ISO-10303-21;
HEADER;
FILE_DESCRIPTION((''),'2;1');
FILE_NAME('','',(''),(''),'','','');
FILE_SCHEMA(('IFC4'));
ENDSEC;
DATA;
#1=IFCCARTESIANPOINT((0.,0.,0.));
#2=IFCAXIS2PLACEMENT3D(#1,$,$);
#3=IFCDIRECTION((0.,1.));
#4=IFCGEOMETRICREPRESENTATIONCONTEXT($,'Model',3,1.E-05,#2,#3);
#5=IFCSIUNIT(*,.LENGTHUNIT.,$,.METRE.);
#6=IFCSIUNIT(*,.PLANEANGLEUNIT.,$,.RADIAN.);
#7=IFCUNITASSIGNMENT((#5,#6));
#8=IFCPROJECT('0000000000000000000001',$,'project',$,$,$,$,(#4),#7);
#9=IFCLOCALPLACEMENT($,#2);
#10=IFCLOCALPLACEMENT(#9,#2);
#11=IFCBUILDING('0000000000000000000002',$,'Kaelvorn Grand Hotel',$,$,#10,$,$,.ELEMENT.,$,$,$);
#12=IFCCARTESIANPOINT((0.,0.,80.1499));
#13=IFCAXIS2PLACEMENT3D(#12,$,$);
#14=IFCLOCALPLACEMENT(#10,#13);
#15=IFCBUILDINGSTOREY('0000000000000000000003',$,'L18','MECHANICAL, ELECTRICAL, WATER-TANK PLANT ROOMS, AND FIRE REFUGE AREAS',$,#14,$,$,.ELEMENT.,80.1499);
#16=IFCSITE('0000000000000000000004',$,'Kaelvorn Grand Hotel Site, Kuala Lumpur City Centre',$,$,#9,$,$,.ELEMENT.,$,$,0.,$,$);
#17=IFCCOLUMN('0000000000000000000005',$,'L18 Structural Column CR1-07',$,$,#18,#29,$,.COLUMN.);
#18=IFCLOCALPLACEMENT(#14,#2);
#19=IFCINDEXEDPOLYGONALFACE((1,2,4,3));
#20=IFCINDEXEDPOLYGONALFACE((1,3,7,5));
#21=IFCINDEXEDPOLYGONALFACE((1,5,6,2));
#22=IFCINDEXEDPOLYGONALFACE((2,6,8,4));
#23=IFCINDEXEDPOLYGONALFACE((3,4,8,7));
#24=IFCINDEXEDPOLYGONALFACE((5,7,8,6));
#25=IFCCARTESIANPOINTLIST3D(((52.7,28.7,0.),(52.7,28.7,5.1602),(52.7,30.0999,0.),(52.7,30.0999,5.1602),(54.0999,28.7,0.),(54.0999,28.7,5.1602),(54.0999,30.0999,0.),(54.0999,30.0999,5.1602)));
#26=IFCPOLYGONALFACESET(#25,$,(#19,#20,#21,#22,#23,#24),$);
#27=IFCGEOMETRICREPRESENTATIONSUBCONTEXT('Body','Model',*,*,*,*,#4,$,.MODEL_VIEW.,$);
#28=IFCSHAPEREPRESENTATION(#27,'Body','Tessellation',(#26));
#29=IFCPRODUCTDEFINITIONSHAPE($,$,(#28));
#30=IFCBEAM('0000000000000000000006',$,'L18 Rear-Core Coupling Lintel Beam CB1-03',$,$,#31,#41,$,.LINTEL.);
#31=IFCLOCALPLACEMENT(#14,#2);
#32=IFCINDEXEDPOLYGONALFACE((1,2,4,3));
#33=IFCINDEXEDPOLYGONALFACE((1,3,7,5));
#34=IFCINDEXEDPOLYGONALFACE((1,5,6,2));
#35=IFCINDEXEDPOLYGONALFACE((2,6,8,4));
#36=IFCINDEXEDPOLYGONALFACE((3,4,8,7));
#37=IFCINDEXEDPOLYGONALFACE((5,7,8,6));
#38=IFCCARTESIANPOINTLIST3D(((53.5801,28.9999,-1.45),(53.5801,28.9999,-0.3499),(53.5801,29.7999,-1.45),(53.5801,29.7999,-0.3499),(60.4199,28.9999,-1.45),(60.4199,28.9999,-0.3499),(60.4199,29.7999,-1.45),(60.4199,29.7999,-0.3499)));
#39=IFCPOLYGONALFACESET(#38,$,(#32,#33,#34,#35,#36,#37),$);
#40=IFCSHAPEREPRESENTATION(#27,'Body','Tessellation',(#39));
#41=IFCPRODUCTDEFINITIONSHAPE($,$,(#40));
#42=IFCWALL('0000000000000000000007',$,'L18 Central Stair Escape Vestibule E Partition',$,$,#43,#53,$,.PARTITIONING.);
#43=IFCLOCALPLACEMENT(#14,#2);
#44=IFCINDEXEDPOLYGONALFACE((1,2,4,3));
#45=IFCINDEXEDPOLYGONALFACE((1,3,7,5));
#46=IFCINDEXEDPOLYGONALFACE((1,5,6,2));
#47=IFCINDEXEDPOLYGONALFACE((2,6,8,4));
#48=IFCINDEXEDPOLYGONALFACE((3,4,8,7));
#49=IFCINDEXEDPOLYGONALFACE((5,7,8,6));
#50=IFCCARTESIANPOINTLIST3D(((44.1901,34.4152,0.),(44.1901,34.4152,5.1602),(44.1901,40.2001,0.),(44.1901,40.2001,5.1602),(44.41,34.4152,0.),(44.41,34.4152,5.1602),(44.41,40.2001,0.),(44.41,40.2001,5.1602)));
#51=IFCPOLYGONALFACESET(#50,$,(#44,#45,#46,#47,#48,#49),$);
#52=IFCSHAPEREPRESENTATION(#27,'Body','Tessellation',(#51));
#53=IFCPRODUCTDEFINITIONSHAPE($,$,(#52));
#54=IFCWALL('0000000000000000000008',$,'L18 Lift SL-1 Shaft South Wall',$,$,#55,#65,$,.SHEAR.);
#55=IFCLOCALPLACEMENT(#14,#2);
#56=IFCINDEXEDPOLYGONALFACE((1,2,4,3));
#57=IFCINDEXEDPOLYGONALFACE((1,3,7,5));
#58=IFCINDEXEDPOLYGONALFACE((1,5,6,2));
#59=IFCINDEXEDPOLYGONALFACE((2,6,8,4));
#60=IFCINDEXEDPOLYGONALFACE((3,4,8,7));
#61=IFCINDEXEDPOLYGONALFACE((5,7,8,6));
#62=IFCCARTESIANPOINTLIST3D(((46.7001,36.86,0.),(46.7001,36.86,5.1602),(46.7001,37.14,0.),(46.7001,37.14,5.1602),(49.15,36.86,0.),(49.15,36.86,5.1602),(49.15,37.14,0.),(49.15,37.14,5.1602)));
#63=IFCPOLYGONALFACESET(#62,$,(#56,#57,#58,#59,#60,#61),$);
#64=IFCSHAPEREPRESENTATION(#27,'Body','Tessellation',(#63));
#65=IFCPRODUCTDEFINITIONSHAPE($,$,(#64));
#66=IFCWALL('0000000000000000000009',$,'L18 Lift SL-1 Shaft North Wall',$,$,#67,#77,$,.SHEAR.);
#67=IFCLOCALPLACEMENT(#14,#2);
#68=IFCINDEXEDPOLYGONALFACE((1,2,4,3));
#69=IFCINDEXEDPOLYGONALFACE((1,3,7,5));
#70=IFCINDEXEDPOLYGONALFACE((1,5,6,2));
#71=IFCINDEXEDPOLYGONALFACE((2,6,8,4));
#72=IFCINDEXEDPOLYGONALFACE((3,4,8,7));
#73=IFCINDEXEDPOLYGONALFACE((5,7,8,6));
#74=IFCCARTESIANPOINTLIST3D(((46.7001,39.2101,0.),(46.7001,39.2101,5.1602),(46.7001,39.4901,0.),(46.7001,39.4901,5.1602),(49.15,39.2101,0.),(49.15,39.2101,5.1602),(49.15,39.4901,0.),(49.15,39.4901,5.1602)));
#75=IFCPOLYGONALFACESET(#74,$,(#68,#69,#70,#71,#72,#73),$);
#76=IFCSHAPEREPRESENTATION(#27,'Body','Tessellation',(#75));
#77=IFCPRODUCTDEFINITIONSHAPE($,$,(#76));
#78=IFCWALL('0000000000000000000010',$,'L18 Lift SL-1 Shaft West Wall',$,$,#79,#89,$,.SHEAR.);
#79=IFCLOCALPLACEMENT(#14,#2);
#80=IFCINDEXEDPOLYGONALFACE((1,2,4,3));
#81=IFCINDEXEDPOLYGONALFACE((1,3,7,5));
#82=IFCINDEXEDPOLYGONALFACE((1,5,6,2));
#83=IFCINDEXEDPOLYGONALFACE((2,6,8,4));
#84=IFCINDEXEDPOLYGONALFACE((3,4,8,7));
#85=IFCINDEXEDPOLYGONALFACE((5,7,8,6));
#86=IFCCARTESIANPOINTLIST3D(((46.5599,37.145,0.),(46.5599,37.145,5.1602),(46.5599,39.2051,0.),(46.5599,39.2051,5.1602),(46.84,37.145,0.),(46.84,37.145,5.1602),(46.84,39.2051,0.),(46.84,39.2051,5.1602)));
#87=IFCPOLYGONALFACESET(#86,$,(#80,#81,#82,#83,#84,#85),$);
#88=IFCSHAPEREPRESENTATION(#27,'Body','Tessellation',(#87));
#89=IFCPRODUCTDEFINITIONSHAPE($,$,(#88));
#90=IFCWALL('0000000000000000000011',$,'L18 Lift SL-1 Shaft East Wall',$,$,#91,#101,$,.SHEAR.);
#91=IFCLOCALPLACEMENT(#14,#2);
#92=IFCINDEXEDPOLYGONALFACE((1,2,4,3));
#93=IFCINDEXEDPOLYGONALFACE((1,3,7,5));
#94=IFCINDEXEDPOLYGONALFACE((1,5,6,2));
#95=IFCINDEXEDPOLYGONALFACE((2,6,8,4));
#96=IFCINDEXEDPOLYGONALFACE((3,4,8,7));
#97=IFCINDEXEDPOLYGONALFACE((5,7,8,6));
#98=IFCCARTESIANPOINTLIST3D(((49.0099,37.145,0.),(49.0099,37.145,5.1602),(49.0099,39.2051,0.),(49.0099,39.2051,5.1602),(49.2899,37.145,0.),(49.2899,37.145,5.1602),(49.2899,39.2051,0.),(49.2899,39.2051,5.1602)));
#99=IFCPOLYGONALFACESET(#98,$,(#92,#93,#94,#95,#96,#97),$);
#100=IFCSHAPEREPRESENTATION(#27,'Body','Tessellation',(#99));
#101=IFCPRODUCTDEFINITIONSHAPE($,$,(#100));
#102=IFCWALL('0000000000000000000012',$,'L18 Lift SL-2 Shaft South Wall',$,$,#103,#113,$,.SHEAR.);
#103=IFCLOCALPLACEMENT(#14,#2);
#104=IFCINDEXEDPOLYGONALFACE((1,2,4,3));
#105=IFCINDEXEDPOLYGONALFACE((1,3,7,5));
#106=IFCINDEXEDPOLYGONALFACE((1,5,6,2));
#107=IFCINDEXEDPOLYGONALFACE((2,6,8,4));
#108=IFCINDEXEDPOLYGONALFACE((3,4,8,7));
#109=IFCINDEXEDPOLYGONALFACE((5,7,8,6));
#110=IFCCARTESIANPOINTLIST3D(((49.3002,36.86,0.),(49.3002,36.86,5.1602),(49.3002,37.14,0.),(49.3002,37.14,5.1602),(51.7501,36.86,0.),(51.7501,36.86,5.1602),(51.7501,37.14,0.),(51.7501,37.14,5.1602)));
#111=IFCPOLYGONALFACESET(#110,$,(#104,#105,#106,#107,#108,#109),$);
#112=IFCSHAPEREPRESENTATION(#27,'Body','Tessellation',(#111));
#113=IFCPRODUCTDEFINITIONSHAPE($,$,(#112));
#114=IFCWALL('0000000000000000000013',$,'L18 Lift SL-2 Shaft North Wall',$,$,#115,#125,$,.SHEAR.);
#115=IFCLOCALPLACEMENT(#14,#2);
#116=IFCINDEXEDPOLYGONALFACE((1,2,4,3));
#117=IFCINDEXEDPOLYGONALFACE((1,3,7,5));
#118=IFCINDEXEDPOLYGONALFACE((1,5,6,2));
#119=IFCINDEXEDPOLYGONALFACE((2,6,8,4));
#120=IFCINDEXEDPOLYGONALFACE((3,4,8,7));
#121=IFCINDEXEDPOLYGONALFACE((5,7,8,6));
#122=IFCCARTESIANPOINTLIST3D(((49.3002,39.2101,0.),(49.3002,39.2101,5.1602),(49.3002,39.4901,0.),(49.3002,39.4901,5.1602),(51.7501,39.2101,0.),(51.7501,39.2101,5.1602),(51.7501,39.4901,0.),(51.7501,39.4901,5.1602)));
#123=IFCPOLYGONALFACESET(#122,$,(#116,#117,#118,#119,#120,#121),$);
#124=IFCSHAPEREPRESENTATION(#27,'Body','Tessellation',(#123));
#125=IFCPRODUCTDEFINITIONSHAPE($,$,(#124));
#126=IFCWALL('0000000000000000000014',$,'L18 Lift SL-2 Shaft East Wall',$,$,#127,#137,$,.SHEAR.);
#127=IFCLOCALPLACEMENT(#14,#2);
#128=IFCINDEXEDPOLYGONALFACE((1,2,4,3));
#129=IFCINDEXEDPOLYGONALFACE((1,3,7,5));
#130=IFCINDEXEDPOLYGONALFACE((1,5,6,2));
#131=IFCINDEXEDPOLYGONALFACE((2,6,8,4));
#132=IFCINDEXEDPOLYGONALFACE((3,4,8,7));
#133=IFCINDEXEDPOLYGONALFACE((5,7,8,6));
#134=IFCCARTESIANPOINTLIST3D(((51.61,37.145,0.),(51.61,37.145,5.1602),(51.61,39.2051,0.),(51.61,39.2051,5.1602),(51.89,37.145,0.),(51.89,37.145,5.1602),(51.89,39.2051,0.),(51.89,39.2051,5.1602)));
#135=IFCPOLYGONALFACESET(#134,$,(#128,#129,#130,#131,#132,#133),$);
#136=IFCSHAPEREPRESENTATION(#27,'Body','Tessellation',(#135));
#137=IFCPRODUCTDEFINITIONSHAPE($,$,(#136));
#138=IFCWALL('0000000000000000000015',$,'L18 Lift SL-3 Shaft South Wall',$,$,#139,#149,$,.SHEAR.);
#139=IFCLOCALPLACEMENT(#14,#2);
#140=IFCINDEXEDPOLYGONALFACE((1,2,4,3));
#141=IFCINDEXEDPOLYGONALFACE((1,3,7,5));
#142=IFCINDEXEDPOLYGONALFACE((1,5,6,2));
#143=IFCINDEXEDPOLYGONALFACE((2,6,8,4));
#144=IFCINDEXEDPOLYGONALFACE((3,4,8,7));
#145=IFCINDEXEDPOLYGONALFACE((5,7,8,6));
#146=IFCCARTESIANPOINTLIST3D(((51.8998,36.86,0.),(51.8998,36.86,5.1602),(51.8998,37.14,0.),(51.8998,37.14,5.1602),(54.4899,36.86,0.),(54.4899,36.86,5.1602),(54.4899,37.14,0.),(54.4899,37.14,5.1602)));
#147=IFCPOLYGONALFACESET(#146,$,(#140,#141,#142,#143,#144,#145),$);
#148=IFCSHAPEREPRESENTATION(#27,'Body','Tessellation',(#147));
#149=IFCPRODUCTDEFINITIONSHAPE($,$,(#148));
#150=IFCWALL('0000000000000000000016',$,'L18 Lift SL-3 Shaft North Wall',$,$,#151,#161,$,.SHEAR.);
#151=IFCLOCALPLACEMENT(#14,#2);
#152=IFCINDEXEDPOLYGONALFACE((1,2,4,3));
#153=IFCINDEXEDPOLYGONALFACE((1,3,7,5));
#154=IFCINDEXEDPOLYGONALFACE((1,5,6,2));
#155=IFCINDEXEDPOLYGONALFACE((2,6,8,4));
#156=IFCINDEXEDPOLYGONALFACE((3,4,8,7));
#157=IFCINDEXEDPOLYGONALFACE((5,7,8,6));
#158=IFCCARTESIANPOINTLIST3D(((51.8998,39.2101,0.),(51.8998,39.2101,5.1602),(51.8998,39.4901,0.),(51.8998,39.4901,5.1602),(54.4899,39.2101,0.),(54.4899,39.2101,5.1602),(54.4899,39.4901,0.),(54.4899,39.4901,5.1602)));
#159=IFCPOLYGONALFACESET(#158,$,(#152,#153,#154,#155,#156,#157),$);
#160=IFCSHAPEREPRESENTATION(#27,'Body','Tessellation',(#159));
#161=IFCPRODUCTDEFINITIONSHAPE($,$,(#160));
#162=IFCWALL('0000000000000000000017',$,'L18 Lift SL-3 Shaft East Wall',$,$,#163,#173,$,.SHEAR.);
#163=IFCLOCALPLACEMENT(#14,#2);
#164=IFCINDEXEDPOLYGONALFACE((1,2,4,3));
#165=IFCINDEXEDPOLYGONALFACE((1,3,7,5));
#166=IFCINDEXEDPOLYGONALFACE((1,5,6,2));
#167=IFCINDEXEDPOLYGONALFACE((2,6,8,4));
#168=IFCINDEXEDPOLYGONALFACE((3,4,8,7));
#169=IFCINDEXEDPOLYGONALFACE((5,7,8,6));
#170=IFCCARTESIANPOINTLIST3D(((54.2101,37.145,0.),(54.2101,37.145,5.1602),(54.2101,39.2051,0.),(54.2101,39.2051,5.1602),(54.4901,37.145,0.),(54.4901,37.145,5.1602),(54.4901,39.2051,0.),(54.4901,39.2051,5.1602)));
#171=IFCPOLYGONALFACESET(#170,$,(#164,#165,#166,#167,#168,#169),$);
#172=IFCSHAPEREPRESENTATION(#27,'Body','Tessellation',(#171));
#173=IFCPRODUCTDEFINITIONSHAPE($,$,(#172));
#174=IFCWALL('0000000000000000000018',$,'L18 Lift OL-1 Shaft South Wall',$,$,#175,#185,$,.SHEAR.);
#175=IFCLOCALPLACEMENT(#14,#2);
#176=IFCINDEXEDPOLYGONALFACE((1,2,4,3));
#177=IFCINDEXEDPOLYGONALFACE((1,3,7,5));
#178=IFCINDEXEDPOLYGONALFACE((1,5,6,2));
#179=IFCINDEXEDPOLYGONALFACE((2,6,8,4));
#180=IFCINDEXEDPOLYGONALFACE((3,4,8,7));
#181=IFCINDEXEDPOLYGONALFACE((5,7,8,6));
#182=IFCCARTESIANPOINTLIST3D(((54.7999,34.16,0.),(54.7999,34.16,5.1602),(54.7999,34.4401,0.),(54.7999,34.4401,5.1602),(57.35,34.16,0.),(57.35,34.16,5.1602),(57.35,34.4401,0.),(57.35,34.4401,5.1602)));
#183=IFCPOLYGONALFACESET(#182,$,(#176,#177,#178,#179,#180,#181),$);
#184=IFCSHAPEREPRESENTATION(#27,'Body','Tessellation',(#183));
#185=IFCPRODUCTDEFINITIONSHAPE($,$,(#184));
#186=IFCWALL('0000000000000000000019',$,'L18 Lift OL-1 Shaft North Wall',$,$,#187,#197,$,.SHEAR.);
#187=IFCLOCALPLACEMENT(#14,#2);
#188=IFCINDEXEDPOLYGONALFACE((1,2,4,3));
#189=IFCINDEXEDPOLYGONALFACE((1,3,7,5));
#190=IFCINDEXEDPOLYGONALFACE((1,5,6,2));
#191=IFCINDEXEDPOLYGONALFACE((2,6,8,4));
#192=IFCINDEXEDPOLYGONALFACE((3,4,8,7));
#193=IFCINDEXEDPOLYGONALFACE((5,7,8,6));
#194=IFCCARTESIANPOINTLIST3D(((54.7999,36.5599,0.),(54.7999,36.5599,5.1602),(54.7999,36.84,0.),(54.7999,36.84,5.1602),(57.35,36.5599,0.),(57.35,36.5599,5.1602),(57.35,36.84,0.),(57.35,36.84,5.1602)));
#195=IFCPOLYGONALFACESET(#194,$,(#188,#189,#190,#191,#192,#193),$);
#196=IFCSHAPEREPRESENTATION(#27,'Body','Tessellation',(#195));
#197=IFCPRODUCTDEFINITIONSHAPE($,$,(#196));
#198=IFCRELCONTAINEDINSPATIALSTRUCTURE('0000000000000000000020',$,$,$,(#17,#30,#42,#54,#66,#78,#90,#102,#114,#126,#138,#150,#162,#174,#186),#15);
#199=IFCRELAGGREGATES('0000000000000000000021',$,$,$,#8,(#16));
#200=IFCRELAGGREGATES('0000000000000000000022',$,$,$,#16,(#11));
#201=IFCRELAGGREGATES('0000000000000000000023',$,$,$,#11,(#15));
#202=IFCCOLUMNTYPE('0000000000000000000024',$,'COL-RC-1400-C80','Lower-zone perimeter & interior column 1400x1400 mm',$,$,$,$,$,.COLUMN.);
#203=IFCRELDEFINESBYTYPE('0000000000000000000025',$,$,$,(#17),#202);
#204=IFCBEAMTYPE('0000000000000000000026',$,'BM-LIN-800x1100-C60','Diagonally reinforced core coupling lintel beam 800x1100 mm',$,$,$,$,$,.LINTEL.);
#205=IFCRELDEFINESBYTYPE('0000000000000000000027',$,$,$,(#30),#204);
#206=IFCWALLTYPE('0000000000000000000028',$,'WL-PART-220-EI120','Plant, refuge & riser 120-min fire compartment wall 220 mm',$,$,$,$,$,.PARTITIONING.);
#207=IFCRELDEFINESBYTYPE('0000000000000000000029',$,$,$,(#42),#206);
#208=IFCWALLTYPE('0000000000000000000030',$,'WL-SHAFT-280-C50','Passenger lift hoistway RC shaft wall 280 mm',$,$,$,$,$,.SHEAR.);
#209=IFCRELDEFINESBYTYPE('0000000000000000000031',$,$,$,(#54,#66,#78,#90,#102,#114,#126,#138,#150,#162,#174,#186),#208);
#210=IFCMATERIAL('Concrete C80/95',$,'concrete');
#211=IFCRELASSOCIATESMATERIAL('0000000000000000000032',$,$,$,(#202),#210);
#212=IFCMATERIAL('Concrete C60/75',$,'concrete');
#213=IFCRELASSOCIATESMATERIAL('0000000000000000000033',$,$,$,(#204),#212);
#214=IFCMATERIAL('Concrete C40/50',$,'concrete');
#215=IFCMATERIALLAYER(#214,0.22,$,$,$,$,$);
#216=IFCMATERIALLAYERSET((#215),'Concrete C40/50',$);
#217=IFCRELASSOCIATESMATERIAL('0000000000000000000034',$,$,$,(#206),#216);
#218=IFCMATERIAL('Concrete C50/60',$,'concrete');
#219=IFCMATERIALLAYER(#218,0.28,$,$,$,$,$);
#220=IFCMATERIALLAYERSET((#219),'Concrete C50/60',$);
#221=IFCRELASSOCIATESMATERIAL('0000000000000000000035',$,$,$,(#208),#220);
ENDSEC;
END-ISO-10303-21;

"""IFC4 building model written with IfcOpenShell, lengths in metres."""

from ifc_helpers import new_model, si_unit, direction, frame, frame_2d, origin, origin_2d, place, context, subcontext, project, spatial, rectangle, extrude, material, layer, layer_set, material_profile, profile_set, type_object, element, save


model = new_model("IFC4")

# Units and contexts
model_context = context("Model", 3, precision=1e-05, world=origin(), true_north=direction((0.0, 1.0)))
body_context = subcontext(model_context, "Body", "Model", "MODEL_VIEW")
ifc_project = project(units=[si_unit("LENGTHUNIT", "METRE"), si_unit("PLANEANGLEUNIT", "RADIAN")], contexts=[model_context])

# Site, building, storey
site_placement = place(None, origin())
site = spatial("IfcSite", under=ifc_project, at=site_placement, Name="Kaelvorn Grand Hotel Site, Kuala Lumpur City Centre", CompositionType="ELEMENT", RefElevation=0.0)
building_placement = place(site_placement, origin())
building = spatial("IfcBuilding", under=site, at=building_placement, Name="Kaelvorn Grand Hotel", CompositionType="ELEMENT")
storey_placement = place(building_placement, frame((0.0, 0.0, 80.1499)))
storey = spatial("IfcBuildingStorey", under=building, at=storey_placement, Name="L18", Description="MECHANICAL, ELECTRICAL, WATER-TANK PLANT ROOMS, AND FIRE REFUGE AREAS", CompositionType="ELEMENT", Elevation=80.1499)

# Column
ifc_material_1 = material(Name="Concrete C80/95", Category="concrete")
ifc_material_profile_1 = material_profile(ifc_material_1, rectangle(XDim=1.3999, YDim=1.3999, at=origin_2d()), Name="RC COL 1400x1400")
ifc_profile_set_1 = profile_set([ifc_material_profile_1], Name="Concrete C80/95")
column_type = type_object("IfcColumnType", Name="COL-RC-1400-C80", Description="Lower-zone perimeter & interior column 1400x1400 mm", PredefinedType="COLUMN", material=ifc_profile_set_1)
column_placement = place(storey_placement, frame((53.3999, 29.3999, 0.0), z_axis=(0.0, 0.0, 1.0), x_axis=(1.0, 0.0, 0.0)))
element("IfcColumn", 1, at=column_placement, inside=storey, type_object=column_type, Name="L18 Structural Column CR1-07", PredefinedType="COLUMN", context=body_context, shape_type="SweptSolid", body=[
    extrude(rectangle(XDim=1.3999, YDim=1.3999, at=origin_2d()), origin(), (0.0, 0.0, 1.0), 5.1602),
])

# Beam
ifc_material_2 = material(Name="Concrete C60/75", Category="concrete")
ifc_material_profile_2 = material_profile(ifc_material_2, rectangle(XDim=0.8, YDim=1.1001, at=origin_2d()), Name="RC LINTEL 800x1100")
ifc_profile_set_2 = profile_set([ifc_material_profile_2], Name="Concrete C60/75")
beam_type = type_object("IfcBeamType", Name="BM-LIN-800x1100-C60", Description="Diagonally reinforced core coupling lintel beam 800x1100 mm", PredefinedType="LINTEL", material=ifc_profile_set_2)
beam_placement = place(storey_placement, frame((53.5801, 29.3999, -0.8999), z_axis=(1.0, 0.0, 0.0), x_axis=(0.0, 1.0, 0.0)))
element("IfcBeam", 2, at=beam_placement, inside=storey, type_object=beam_type, Name="L18 Rear-Core Coupling Lintel Beam CB1-03", PredefinedType="LINTEL", context=body_context, shape_type="SweptSolid", body=[
    extrude(rectangle(XDim=0.8, YDim=1.1001, at=origin_2d()), origin(), (0.0, 0.0, 1.0), 6.8398),
])

# Walls
ifc_material_3 = material(Name="Concrete C40/50", Category="concrete")
ifc_layer_1 = layer(ifc_material_3, 0.22)
ifc_layer_set_1 = layer_set([ifc_layer_1], Name="Concrete C40/50")
wall_type_1 = type_object("IfcWallType", Name="WL-PART-220-EI120", Description="Plant, refuge & riser 120-min fire compartment wall 220 mm", PredefinedType="PARTITIONING", material=ifc_layer_set_1)
wall_1_placement = place(storey_placement, frame((44.3, 34.415, 0.0), z_axis=(0.0, 0.0, 1.0), x_axis=(0.0, 1.0, 0.0)))
element("IfcWall", 3, at=wall_1_placement, inside=storey, type_object=wall_type_1, Name="L18 Central Stair Escape Vestibule E Partition", PredefinedType="PARTITIONING", context=body_context, shape_type="SweptSolid", body=[
    extrude(rectangle(XDim=5.7849, YDim=0.22, at=frame_2d((2.8926, 0.0))), origin(), (0.0, 0.0, 1.0), 5.1602),
])
ifc_material_4 = material(Name="Concrete C50/60", Category="concrete")
ifc_layer_2 = layer(ifc_material_4, 0.28)
ifc_layer_set_2 = layer_set([ifc_layer_2], Name="Concrete C50/60")
wall_type_2 = type_object("IfcWallType", Name="WL-SHAFT-280-C50", Description="Passenger lift hoistway RC shaft wall 280 mm", PredefinedType="SHEAR", material=ifc_layer_set_2)
for number, where, z_axis, x_axis, name in (
    (4, (46.7, 37.0, 0.0), (0.0, 0.0, 1.0), (1.0, 0.0, 0.0), "L18 Lift SL-1 Shaft South Wall"),
    (5, (46.7, 39.3501, 0.0), (0.0, 0.0, 1.0), (1.0, 0.0, 0.0), "L18 Lift SL-1 Shaft North Wall"),
):
    element("IfcWall", number, at=place(storey_placement, frame(where, z_axis=z_axis, x_axis=x_axis)), inside=storey, type_object=wall_type_2, Name=name, PredefinedType="SHEAR", context=body_context, shape_type="SweptSolid", body=[
        extrude(rectangle(XDim=2.45, YDim=0.28, at=frame_2d((1.2251, 0.0))), origin(), (0.0, 0.0, 1.0), 5.1602),
    ])
for number, where, z_axis, x_axis, name in (
    (6, (46.7, 37.145, 0.0), (0.0, 0.0, 1.0), (0.0, 1.0, 0.0), "L18 Lift SL-1 Shaft West Wall"),
    (7, (49.1499, 37.145, 0.0), (0.0, 0.0, 1.0), (0.0, 1.0, 0.0), "L18 Lift SL-1 Shaft East Wall"),
):
    element("IfcWall", number, at=place(storey_placement, frame(where, z_axis=z_axis, x_axis=x_axis)), inside=storey, type_object=wall_type_2, Name=name, PredefinedType="SHEAR", context=body_context, shape_type="SweptSolid", body=[
        extrude(rectangle(XDim=2.0601, YDim=0.28, at=frame_2d((1.03, 0.0))), origin(), (0.0, 0.0, 1.0), 5.1602),
    ])
for number, where, z_axis, x_axis, name in (
    (8, (49.3, 37.0, 0.0), (0.0, 0.0, 1.0), (1.0, 0.0, 0.0), "L18 Lift SL-2 Shaft South Wall"),
    (9, (49.3, 39.3501, 0.0), (0.0, 0.0, 1.0), (1.0, 0.0, 0.0), "L18 Lift SL-2 Shaft North Wall"),
):
    element("IfcWall", number, at=place(storey_placement, frame(where, z_axis=z_axis, x_axis=x_axis)), inside=storey, type_object=wall_type_2, Name=name, PredefinedType="SHEAR", context=body_context, shape_type="SweptSolid", body=[
        extrude(rectangle(XDim=2.45, YDim=0.28, at=frame_2d((1.2251, 0.0))), origin(), (0.0, 0.0, 1.0), 5.1602),
    ])
wall_2_placement = place(storey_placement, frame((51.75, 37.145, 0.0), z_axis=(0.0, 0.0, 1.0), x_axis=(0.0, 1.0, 0.0)))
element("IfcWall", 10, at=wall_2_placement, inside=storey, type_object=wall_type_2, Name="L18 Lift SL-2 Shaft East Wall", PredefinedType="SHEAR", context=body_context, shape_type="SweptSolid", body=[
    extrude(rectangle(XDim=2.0601, YDim=0.28, at=frame_2d((1.03, 0.0))), origin(), (0.0, 0.0, 1.0), 5.1602),
])
for number, where, z_axis, x_axis, name in (
    (11, (51.8999, 37.0, 0.0), (0.0, 0.0, 1.0), (1.0, 0.0, 0.0), "L18 Lift SL-3 Shaft South Wall"),
    (12, (51.8999, 39.3501, 0.0), (0.0, 0.0, 1.0), (1.0, 0.0, 0.0), "L18 Lift SL-3 Shaft North Wall"),
):
    element("IfcWall", number, at=place(storey_placement, frame(where, z_axis=z_axis, x_axis=x_axis)), inside=storey, type_object=wall_type_2, Name=name, PredefinedType="SHEAR", context=body_context, shape_type="SweptSolid", body=[
        extrude(rectangle(XDim=2.5901, YDim=0.28, at=frame_2d((1.2949, 0.0))), origin(), (0.0, 0.0, 1.0), 5.1602),
    ])
wall_3_placement = place(storey_placement, frame((54.3501, 37.145, 0.0), z_axis=(0.0, 0.0, 1.0), x_axis=(0.0, 1.0, 0.0)))
element("IfcWall", 13, at=wall_3_placement, inside=storey, type_object=wall_type_2, Name="L18 Lift SL-3 Shaft East Wall", PredefinedType="SHEAR", context=body_context, shape_type="SweptSolid", body=[
    extrude(rectangle(XDim=2.0601, YDim=0.28, at=frame_2d((1.03, 0.0))), origin(), (0.0, 0.0, 1.0), 5.1602),
])
for number, where, z_axis, x_axis, name in (
    (14, (54.8, 34.3, 0.0), (0.0, 0.0, 1.0), (1.0, 0.0, 0.0), "L18 Lift OL-1 Shaft South Wall"),
    (15, (54.8, 36.7, 0.0), (0.0, 0.0, 1.0), (1.0, 0.0, 0.0), "L18 Lift OL-1 Shaft North Wall"),
):
    element("IfcWall", number, at=place(storey_placement, frame(where, z_axis=z_axis, x_axis=x_axis)), inside=storey, type_object=wall_type_2, Name=name, PredefinedType="SHEAR", context=body_context, shape_type="SweptSolid", body=[
        extrude(rectangle(XDim=2.55, YDim=0.28, at=frame_2d((1.2749, 0.0))), origin(), (0.0, 0.0, 1.0), 5.1602),
    ])

save(model, "model.ifc")
